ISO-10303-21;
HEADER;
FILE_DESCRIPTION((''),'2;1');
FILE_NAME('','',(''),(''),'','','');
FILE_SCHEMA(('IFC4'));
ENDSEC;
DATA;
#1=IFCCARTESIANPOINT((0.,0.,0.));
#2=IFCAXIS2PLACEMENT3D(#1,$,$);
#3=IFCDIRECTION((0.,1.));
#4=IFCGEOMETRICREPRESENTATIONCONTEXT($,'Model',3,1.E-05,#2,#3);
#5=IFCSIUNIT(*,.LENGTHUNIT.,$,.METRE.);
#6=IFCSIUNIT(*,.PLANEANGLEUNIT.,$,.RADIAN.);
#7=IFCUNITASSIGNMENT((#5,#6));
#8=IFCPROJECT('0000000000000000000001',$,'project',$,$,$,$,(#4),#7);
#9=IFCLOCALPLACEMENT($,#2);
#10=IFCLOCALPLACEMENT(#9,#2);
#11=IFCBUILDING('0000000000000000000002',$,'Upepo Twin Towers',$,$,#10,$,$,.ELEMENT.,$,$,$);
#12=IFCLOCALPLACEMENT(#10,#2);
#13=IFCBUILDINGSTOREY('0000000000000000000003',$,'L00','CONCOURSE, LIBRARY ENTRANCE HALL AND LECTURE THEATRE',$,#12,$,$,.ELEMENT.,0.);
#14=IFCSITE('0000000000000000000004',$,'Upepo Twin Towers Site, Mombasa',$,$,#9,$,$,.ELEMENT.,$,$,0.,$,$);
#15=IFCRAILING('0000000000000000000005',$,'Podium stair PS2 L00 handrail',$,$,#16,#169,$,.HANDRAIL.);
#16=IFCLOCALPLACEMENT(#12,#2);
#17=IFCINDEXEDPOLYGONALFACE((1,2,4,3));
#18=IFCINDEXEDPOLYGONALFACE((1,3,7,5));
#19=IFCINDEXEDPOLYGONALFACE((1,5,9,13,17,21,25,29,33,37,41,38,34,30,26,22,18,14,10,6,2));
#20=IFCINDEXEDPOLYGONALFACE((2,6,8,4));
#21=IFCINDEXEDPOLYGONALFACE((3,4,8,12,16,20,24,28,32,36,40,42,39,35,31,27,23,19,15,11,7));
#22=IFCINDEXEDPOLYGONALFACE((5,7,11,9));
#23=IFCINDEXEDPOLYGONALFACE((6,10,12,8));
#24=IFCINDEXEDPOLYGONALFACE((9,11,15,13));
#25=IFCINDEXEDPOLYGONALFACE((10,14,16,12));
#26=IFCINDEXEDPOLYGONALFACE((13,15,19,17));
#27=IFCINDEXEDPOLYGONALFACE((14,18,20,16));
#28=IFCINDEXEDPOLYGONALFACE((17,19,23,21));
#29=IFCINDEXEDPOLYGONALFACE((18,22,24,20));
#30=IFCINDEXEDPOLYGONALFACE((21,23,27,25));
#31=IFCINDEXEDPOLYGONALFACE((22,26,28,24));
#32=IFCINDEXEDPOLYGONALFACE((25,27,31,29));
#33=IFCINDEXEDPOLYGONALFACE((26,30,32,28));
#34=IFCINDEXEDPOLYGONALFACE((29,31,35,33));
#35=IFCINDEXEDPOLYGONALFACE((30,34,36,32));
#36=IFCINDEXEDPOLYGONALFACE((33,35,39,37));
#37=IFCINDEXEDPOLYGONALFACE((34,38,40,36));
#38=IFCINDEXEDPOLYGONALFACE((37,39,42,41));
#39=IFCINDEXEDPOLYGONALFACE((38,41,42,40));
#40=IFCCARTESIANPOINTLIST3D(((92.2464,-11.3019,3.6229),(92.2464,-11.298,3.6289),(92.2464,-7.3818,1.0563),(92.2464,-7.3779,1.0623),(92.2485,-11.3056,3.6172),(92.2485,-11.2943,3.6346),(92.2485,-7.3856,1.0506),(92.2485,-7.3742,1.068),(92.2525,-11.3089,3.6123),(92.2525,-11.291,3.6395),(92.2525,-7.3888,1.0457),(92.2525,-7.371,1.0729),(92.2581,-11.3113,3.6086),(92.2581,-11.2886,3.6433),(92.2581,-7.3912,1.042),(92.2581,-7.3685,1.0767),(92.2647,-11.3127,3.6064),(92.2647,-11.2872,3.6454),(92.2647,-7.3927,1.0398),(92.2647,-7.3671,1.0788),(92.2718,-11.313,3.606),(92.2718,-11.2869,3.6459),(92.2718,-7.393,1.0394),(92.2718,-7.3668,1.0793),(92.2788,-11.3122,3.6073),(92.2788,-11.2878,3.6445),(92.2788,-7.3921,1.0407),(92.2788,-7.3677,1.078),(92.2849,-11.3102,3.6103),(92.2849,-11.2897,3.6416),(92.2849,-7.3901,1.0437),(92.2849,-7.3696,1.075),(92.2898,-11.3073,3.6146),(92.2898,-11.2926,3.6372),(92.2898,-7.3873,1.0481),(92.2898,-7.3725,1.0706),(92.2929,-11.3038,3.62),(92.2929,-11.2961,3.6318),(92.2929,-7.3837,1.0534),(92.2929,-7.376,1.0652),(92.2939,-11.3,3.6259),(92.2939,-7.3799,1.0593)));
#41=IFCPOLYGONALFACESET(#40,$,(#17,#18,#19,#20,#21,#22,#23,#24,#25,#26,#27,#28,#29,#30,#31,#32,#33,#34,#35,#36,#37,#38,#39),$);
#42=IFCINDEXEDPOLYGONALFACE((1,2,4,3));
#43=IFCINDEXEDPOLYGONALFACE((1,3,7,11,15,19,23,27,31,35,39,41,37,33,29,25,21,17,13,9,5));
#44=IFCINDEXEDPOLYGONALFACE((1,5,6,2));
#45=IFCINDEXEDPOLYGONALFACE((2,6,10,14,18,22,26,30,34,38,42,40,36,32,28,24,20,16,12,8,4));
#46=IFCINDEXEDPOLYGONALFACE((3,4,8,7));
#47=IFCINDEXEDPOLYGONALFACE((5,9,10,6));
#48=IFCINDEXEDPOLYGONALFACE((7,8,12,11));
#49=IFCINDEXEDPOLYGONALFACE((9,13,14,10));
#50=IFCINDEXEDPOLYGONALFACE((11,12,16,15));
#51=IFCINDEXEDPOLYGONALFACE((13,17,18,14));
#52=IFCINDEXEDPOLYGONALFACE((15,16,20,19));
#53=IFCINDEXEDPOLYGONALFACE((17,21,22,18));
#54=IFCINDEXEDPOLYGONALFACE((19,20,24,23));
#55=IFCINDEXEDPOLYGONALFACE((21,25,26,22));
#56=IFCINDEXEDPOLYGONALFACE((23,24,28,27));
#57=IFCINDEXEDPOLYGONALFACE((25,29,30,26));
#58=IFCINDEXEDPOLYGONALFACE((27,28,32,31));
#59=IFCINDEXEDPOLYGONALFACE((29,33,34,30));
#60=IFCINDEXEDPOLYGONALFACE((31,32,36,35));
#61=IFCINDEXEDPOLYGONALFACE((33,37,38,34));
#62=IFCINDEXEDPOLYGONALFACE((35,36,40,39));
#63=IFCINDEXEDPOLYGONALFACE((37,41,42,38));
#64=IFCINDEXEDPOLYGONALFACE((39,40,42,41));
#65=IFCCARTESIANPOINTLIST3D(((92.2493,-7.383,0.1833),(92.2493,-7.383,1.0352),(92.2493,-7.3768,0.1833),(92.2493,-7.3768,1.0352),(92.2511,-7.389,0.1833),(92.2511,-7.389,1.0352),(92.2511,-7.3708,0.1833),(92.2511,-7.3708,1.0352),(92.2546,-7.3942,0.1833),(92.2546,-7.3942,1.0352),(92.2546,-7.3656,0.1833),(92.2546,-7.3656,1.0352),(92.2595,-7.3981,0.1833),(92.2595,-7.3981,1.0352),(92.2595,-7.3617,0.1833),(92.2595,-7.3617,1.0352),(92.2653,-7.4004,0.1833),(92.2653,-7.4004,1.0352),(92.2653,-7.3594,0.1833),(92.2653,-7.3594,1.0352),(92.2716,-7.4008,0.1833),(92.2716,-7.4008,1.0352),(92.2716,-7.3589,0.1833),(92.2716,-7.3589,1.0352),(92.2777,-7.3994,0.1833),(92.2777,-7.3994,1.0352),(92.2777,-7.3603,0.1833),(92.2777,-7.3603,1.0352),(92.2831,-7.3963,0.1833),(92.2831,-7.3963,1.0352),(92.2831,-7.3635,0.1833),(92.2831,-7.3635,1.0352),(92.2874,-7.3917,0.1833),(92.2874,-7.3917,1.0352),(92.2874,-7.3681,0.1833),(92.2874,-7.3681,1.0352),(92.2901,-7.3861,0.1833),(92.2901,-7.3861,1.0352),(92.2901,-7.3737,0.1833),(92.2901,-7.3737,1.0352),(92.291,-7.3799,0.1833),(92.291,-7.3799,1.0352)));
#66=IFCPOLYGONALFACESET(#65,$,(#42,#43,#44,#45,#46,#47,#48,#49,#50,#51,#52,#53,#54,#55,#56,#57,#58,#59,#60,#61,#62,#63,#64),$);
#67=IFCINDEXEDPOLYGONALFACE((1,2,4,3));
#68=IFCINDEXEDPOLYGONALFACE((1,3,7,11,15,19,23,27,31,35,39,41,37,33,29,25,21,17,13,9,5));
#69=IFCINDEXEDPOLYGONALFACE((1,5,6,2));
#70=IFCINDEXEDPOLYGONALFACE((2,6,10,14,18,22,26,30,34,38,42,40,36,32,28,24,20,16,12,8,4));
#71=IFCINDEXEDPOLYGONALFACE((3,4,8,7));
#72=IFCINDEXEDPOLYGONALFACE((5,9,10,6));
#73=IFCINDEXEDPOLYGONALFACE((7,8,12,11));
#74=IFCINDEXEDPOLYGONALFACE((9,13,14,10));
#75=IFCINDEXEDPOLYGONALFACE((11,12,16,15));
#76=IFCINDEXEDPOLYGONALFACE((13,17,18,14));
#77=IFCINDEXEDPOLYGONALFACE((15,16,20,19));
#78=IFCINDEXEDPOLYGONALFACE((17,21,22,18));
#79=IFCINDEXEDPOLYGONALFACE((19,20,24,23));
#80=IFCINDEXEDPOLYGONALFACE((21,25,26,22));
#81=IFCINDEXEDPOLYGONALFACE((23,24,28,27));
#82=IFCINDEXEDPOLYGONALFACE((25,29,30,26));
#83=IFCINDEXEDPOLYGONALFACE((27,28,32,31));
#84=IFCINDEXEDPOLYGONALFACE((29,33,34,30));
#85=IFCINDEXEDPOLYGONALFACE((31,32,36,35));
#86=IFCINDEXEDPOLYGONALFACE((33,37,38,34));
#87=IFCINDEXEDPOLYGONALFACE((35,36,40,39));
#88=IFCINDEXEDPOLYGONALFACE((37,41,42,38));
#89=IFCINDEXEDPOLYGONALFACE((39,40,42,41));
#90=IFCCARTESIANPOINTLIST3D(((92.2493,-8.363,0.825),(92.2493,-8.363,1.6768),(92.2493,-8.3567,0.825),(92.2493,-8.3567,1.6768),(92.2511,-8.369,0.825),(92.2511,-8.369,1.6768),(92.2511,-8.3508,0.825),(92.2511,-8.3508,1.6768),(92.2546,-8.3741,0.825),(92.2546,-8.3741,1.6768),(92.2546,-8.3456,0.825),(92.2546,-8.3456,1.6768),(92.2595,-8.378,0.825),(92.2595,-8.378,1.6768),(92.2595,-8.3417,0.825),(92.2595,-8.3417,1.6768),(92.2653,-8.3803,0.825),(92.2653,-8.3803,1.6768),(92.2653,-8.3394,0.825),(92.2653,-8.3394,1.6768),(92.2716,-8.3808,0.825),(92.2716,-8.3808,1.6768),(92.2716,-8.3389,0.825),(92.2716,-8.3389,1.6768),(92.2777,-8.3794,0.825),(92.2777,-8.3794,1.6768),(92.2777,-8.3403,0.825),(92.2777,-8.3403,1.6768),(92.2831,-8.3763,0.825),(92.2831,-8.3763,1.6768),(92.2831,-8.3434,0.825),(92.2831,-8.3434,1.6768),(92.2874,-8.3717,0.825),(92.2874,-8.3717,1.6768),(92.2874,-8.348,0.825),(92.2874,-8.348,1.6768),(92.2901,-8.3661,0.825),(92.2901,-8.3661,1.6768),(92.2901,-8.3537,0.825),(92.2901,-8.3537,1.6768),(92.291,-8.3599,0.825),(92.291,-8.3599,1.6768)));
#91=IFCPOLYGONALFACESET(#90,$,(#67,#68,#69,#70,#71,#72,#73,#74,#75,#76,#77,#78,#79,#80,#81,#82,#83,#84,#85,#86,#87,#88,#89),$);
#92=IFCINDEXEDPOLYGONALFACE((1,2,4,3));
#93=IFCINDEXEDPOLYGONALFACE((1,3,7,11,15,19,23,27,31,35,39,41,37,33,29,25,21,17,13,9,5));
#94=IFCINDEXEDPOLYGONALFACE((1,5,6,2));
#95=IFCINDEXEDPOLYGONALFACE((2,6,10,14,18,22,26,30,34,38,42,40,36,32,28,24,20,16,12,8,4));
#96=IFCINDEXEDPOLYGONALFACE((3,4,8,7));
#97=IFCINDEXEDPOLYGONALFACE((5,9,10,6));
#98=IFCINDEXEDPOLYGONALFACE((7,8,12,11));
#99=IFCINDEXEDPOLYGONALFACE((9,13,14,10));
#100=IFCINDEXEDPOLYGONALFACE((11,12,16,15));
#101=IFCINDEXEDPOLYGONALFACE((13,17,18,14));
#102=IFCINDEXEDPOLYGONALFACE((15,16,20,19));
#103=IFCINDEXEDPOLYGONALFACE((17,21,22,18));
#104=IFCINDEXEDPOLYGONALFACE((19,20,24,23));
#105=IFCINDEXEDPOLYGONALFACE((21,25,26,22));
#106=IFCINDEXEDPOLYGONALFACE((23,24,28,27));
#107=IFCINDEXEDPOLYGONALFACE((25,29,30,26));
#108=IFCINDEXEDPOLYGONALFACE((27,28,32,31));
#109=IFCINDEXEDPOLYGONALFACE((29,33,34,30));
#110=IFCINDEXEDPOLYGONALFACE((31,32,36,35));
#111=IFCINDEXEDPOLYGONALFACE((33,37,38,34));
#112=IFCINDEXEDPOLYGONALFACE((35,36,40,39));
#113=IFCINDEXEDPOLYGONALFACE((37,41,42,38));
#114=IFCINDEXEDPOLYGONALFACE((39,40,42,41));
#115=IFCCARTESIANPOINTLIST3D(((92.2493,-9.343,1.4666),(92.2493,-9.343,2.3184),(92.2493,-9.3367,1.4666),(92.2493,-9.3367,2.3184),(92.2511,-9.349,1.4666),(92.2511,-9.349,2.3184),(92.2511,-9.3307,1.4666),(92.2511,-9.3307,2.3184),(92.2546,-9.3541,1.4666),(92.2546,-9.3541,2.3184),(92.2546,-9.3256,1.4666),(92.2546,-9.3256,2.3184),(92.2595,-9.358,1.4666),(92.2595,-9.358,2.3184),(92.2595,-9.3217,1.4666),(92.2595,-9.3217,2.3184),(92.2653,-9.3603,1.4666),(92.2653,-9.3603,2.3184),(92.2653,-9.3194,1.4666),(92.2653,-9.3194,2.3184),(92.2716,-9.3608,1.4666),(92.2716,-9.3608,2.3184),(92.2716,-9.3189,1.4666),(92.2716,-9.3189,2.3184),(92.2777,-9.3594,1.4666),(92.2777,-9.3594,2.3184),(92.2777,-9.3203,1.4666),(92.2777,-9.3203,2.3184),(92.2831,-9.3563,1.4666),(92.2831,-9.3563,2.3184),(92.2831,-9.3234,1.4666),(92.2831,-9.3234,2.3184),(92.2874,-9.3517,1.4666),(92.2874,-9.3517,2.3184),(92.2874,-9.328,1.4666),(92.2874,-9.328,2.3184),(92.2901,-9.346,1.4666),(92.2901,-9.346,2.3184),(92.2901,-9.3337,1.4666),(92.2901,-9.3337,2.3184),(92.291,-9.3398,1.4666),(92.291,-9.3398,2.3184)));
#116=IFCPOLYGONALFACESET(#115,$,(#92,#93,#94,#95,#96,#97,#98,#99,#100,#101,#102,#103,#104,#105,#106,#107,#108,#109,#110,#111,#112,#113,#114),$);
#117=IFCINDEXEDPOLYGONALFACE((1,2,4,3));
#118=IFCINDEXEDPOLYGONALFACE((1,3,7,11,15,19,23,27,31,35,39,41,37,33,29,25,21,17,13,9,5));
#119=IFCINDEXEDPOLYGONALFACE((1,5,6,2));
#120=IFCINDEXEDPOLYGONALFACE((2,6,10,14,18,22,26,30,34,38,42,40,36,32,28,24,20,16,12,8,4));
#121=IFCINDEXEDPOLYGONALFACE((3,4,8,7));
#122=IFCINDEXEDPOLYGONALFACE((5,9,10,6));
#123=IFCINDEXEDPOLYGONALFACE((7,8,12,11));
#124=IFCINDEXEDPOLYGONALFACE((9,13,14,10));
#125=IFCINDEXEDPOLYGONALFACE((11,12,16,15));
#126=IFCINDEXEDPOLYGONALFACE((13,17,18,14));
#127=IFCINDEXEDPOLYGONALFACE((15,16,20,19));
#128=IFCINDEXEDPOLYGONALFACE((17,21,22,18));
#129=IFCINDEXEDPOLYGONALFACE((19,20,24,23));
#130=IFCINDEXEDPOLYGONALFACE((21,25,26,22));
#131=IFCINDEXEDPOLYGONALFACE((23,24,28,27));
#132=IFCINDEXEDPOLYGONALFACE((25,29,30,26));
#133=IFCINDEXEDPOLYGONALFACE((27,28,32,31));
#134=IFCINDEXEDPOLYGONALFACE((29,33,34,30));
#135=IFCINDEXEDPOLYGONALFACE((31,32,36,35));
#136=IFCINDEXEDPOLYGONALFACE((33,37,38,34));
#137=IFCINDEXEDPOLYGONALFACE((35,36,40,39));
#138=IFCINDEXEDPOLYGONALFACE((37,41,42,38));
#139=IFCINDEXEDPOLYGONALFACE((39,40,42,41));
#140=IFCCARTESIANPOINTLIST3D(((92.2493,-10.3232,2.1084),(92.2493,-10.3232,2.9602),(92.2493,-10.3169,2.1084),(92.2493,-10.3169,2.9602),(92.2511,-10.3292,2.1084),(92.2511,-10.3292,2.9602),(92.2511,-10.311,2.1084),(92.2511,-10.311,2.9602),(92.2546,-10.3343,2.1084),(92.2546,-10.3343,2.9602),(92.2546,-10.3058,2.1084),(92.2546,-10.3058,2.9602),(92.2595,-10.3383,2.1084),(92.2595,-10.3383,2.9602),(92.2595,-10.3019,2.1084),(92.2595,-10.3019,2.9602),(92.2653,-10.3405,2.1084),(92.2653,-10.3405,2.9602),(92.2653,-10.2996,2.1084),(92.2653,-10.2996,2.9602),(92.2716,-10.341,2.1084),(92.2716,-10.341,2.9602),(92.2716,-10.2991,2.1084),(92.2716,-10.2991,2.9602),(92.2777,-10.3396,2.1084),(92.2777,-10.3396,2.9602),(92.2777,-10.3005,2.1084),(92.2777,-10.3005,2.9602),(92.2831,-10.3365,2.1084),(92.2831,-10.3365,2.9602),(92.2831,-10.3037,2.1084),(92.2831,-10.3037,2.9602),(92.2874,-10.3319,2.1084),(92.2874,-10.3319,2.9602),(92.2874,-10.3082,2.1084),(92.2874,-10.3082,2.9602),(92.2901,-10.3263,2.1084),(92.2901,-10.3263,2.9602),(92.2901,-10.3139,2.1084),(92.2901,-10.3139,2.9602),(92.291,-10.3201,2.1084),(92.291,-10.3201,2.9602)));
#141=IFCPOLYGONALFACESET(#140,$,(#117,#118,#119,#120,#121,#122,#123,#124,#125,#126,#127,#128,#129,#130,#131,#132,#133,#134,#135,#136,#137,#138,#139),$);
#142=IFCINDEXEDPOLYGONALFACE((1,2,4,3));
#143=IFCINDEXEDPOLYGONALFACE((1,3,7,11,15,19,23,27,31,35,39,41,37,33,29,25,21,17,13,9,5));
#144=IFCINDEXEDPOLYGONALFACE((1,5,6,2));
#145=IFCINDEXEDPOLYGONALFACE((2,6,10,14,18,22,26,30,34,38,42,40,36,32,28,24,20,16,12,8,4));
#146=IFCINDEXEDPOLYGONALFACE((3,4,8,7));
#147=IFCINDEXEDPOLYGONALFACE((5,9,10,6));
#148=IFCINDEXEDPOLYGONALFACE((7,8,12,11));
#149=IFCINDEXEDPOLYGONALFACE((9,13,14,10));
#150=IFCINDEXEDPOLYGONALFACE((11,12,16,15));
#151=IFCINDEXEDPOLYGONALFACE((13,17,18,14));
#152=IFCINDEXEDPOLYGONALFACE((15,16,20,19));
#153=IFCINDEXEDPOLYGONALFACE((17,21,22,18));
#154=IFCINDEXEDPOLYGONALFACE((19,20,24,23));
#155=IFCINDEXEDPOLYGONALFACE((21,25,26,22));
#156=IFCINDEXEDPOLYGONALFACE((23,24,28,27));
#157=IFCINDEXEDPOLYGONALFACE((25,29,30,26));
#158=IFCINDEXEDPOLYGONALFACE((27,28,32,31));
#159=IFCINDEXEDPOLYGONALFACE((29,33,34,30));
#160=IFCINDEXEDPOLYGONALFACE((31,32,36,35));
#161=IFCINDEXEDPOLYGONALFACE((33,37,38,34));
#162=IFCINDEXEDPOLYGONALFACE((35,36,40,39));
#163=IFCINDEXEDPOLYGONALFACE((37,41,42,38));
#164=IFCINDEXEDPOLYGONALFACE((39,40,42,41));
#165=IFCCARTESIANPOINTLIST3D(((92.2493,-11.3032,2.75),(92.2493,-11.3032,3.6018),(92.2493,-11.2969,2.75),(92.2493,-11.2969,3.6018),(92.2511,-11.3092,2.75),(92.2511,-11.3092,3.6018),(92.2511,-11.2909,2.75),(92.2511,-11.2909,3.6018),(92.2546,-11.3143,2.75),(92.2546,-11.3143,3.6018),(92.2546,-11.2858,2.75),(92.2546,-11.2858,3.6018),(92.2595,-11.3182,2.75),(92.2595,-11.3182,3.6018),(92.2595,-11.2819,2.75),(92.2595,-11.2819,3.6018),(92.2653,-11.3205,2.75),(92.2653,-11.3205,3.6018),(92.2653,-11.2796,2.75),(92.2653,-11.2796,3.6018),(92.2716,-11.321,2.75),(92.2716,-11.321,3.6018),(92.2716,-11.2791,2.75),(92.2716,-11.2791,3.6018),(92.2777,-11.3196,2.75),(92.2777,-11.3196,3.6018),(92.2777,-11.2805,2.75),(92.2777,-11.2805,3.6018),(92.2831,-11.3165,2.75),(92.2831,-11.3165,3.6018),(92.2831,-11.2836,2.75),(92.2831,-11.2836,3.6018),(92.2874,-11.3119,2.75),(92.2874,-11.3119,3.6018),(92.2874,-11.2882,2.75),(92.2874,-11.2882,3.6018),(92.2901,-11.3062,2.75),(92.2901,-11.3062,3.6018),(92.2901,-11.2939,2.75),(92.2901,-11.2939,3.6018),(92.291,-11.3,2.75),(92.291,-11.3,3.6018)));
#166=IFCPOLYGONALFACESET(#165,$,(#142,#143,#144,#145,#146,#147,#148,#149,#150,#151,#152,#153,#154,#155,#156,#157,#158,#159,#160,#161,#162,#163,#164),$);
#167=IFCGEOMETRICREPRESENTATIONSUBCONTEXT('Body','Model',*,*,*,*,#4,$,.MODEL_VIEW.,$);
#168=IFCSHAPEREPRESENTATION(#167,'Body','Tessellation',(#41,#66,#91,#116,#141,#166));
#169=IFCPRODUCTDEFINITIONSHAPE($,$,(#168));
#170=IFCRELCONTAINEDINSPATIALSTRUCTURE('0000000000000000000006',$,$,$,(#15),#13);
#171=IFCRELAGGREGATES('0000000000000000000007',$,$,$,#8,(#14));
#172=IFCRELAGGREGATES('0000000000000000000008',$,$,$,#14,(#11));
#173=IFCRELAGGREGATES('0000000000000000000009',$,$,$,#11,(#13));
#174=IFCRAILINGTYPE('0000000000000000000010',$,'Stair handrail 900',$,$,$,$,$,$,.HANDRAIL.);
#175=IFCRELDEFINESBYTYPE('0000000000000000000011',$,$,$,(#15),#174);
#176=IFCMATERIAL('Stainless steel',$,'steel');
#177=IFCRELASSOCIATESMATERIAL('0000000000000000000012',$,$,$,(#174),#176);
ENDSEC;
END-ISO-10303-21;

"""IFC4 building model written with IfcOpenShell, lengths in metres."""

from ifc_helpers import new_model, si_unit, direction, frame, origin, origin_2d, place, context, subcontext, project, spatial, circle, extrude, material, type_object, element, save


model = new_model("IFC4")

# Units and contexts
model_context = context("Model", 3, precision=1e-05, world=origin(), true_north=direction((0.0, 1.0)))
body_context = subcontext(model_context, "Body", "Model", "MODEL_VIEW")
ifc_project = project(units=[si_unit("LENGTHUNIT", "METRE"), si_unit("PLANEANGLEUNIT", "RADIAN")], contexts=[model_context])

# Site, building, storey
site_placement = place(None, origin())
site = spatial("IfcSite", under=ifc_project, at=site_placement, Name="Upepo Twin Towers Site, Mombasa", CompositionType="ELEMENT", RefElevation=0.0)
building_placement = place(site_placement, origin())
building = spatial("IfcBuilding", under=site, at=building_placement, Name="Upepo Twin Towers", CompositionType="ELEMENT")
storey_placement = place(building_placement, origin())
storey = spatial("IfcBuildingStorey", under=building, at=storey_placement, Name="L00", Description="CONCOURSE, LIBRARY ENTRANCE HALL AND LECTURE THEATRE", CompositionType="ELEMENT", Elevation=0.0)

# Railing
ifc_material_1 = material(Name="Stainless steel", Category="steel")
railing_type = type_object("IfcRailingType", Name="Stair handrail 900", PredefinedType="HANDRAIL", material=ifc_material_1)
railing_placement = place(storey_placement, frame((92.27, -7.3799, 0.1833)))
element("IfcRailing", 1, at=railing_placement, inside=storey, type_object=railing_type, Name="Podium stair PS2 L00 handrail", PredefinedType="HANDRAIL", context=body_context, shape_type="SweptSolid", body=[
    extrude(circle(Radius=0.0239, at=origin_2d()), frame((0.0, 0.0, 0.876), z_axis=(0.0, -0.836631, 0.547767), x_axis=(1.0, 0.0, 0.0)), (0.0, 0.0, 1.0), 4.6855),
    extrude(circle(Radius=0.021, at=origin_2d()), origin(), (0.0, 0.0, 1.0), 0.8518),
    extrude(circle(Radius=0.021, at=origin_2d()), frame((0.0, -0.98, 0.6416)), (0.0, 0.0, 1.0), 0.8518),
    extrude(circle(Radius=0.021, at=origin_2d()), frame((0.0, -1.96, 1.2832)), (0.0, 0.0, 1.0), 0.8518),
    extrude(circle(Radius=0.021, at=origin_2d()), frame((0.0, -2.9402, 1.925)), (0.0, 0.0, 1.0), 0.8518),
    extrude(circle(Radius=0.021, at=origin_2d()), frame((0.0, -3.9202, 2.5667)), (0.0, 0.0, 1.0), 0.8518),
])

save(model, "model.ifc")
